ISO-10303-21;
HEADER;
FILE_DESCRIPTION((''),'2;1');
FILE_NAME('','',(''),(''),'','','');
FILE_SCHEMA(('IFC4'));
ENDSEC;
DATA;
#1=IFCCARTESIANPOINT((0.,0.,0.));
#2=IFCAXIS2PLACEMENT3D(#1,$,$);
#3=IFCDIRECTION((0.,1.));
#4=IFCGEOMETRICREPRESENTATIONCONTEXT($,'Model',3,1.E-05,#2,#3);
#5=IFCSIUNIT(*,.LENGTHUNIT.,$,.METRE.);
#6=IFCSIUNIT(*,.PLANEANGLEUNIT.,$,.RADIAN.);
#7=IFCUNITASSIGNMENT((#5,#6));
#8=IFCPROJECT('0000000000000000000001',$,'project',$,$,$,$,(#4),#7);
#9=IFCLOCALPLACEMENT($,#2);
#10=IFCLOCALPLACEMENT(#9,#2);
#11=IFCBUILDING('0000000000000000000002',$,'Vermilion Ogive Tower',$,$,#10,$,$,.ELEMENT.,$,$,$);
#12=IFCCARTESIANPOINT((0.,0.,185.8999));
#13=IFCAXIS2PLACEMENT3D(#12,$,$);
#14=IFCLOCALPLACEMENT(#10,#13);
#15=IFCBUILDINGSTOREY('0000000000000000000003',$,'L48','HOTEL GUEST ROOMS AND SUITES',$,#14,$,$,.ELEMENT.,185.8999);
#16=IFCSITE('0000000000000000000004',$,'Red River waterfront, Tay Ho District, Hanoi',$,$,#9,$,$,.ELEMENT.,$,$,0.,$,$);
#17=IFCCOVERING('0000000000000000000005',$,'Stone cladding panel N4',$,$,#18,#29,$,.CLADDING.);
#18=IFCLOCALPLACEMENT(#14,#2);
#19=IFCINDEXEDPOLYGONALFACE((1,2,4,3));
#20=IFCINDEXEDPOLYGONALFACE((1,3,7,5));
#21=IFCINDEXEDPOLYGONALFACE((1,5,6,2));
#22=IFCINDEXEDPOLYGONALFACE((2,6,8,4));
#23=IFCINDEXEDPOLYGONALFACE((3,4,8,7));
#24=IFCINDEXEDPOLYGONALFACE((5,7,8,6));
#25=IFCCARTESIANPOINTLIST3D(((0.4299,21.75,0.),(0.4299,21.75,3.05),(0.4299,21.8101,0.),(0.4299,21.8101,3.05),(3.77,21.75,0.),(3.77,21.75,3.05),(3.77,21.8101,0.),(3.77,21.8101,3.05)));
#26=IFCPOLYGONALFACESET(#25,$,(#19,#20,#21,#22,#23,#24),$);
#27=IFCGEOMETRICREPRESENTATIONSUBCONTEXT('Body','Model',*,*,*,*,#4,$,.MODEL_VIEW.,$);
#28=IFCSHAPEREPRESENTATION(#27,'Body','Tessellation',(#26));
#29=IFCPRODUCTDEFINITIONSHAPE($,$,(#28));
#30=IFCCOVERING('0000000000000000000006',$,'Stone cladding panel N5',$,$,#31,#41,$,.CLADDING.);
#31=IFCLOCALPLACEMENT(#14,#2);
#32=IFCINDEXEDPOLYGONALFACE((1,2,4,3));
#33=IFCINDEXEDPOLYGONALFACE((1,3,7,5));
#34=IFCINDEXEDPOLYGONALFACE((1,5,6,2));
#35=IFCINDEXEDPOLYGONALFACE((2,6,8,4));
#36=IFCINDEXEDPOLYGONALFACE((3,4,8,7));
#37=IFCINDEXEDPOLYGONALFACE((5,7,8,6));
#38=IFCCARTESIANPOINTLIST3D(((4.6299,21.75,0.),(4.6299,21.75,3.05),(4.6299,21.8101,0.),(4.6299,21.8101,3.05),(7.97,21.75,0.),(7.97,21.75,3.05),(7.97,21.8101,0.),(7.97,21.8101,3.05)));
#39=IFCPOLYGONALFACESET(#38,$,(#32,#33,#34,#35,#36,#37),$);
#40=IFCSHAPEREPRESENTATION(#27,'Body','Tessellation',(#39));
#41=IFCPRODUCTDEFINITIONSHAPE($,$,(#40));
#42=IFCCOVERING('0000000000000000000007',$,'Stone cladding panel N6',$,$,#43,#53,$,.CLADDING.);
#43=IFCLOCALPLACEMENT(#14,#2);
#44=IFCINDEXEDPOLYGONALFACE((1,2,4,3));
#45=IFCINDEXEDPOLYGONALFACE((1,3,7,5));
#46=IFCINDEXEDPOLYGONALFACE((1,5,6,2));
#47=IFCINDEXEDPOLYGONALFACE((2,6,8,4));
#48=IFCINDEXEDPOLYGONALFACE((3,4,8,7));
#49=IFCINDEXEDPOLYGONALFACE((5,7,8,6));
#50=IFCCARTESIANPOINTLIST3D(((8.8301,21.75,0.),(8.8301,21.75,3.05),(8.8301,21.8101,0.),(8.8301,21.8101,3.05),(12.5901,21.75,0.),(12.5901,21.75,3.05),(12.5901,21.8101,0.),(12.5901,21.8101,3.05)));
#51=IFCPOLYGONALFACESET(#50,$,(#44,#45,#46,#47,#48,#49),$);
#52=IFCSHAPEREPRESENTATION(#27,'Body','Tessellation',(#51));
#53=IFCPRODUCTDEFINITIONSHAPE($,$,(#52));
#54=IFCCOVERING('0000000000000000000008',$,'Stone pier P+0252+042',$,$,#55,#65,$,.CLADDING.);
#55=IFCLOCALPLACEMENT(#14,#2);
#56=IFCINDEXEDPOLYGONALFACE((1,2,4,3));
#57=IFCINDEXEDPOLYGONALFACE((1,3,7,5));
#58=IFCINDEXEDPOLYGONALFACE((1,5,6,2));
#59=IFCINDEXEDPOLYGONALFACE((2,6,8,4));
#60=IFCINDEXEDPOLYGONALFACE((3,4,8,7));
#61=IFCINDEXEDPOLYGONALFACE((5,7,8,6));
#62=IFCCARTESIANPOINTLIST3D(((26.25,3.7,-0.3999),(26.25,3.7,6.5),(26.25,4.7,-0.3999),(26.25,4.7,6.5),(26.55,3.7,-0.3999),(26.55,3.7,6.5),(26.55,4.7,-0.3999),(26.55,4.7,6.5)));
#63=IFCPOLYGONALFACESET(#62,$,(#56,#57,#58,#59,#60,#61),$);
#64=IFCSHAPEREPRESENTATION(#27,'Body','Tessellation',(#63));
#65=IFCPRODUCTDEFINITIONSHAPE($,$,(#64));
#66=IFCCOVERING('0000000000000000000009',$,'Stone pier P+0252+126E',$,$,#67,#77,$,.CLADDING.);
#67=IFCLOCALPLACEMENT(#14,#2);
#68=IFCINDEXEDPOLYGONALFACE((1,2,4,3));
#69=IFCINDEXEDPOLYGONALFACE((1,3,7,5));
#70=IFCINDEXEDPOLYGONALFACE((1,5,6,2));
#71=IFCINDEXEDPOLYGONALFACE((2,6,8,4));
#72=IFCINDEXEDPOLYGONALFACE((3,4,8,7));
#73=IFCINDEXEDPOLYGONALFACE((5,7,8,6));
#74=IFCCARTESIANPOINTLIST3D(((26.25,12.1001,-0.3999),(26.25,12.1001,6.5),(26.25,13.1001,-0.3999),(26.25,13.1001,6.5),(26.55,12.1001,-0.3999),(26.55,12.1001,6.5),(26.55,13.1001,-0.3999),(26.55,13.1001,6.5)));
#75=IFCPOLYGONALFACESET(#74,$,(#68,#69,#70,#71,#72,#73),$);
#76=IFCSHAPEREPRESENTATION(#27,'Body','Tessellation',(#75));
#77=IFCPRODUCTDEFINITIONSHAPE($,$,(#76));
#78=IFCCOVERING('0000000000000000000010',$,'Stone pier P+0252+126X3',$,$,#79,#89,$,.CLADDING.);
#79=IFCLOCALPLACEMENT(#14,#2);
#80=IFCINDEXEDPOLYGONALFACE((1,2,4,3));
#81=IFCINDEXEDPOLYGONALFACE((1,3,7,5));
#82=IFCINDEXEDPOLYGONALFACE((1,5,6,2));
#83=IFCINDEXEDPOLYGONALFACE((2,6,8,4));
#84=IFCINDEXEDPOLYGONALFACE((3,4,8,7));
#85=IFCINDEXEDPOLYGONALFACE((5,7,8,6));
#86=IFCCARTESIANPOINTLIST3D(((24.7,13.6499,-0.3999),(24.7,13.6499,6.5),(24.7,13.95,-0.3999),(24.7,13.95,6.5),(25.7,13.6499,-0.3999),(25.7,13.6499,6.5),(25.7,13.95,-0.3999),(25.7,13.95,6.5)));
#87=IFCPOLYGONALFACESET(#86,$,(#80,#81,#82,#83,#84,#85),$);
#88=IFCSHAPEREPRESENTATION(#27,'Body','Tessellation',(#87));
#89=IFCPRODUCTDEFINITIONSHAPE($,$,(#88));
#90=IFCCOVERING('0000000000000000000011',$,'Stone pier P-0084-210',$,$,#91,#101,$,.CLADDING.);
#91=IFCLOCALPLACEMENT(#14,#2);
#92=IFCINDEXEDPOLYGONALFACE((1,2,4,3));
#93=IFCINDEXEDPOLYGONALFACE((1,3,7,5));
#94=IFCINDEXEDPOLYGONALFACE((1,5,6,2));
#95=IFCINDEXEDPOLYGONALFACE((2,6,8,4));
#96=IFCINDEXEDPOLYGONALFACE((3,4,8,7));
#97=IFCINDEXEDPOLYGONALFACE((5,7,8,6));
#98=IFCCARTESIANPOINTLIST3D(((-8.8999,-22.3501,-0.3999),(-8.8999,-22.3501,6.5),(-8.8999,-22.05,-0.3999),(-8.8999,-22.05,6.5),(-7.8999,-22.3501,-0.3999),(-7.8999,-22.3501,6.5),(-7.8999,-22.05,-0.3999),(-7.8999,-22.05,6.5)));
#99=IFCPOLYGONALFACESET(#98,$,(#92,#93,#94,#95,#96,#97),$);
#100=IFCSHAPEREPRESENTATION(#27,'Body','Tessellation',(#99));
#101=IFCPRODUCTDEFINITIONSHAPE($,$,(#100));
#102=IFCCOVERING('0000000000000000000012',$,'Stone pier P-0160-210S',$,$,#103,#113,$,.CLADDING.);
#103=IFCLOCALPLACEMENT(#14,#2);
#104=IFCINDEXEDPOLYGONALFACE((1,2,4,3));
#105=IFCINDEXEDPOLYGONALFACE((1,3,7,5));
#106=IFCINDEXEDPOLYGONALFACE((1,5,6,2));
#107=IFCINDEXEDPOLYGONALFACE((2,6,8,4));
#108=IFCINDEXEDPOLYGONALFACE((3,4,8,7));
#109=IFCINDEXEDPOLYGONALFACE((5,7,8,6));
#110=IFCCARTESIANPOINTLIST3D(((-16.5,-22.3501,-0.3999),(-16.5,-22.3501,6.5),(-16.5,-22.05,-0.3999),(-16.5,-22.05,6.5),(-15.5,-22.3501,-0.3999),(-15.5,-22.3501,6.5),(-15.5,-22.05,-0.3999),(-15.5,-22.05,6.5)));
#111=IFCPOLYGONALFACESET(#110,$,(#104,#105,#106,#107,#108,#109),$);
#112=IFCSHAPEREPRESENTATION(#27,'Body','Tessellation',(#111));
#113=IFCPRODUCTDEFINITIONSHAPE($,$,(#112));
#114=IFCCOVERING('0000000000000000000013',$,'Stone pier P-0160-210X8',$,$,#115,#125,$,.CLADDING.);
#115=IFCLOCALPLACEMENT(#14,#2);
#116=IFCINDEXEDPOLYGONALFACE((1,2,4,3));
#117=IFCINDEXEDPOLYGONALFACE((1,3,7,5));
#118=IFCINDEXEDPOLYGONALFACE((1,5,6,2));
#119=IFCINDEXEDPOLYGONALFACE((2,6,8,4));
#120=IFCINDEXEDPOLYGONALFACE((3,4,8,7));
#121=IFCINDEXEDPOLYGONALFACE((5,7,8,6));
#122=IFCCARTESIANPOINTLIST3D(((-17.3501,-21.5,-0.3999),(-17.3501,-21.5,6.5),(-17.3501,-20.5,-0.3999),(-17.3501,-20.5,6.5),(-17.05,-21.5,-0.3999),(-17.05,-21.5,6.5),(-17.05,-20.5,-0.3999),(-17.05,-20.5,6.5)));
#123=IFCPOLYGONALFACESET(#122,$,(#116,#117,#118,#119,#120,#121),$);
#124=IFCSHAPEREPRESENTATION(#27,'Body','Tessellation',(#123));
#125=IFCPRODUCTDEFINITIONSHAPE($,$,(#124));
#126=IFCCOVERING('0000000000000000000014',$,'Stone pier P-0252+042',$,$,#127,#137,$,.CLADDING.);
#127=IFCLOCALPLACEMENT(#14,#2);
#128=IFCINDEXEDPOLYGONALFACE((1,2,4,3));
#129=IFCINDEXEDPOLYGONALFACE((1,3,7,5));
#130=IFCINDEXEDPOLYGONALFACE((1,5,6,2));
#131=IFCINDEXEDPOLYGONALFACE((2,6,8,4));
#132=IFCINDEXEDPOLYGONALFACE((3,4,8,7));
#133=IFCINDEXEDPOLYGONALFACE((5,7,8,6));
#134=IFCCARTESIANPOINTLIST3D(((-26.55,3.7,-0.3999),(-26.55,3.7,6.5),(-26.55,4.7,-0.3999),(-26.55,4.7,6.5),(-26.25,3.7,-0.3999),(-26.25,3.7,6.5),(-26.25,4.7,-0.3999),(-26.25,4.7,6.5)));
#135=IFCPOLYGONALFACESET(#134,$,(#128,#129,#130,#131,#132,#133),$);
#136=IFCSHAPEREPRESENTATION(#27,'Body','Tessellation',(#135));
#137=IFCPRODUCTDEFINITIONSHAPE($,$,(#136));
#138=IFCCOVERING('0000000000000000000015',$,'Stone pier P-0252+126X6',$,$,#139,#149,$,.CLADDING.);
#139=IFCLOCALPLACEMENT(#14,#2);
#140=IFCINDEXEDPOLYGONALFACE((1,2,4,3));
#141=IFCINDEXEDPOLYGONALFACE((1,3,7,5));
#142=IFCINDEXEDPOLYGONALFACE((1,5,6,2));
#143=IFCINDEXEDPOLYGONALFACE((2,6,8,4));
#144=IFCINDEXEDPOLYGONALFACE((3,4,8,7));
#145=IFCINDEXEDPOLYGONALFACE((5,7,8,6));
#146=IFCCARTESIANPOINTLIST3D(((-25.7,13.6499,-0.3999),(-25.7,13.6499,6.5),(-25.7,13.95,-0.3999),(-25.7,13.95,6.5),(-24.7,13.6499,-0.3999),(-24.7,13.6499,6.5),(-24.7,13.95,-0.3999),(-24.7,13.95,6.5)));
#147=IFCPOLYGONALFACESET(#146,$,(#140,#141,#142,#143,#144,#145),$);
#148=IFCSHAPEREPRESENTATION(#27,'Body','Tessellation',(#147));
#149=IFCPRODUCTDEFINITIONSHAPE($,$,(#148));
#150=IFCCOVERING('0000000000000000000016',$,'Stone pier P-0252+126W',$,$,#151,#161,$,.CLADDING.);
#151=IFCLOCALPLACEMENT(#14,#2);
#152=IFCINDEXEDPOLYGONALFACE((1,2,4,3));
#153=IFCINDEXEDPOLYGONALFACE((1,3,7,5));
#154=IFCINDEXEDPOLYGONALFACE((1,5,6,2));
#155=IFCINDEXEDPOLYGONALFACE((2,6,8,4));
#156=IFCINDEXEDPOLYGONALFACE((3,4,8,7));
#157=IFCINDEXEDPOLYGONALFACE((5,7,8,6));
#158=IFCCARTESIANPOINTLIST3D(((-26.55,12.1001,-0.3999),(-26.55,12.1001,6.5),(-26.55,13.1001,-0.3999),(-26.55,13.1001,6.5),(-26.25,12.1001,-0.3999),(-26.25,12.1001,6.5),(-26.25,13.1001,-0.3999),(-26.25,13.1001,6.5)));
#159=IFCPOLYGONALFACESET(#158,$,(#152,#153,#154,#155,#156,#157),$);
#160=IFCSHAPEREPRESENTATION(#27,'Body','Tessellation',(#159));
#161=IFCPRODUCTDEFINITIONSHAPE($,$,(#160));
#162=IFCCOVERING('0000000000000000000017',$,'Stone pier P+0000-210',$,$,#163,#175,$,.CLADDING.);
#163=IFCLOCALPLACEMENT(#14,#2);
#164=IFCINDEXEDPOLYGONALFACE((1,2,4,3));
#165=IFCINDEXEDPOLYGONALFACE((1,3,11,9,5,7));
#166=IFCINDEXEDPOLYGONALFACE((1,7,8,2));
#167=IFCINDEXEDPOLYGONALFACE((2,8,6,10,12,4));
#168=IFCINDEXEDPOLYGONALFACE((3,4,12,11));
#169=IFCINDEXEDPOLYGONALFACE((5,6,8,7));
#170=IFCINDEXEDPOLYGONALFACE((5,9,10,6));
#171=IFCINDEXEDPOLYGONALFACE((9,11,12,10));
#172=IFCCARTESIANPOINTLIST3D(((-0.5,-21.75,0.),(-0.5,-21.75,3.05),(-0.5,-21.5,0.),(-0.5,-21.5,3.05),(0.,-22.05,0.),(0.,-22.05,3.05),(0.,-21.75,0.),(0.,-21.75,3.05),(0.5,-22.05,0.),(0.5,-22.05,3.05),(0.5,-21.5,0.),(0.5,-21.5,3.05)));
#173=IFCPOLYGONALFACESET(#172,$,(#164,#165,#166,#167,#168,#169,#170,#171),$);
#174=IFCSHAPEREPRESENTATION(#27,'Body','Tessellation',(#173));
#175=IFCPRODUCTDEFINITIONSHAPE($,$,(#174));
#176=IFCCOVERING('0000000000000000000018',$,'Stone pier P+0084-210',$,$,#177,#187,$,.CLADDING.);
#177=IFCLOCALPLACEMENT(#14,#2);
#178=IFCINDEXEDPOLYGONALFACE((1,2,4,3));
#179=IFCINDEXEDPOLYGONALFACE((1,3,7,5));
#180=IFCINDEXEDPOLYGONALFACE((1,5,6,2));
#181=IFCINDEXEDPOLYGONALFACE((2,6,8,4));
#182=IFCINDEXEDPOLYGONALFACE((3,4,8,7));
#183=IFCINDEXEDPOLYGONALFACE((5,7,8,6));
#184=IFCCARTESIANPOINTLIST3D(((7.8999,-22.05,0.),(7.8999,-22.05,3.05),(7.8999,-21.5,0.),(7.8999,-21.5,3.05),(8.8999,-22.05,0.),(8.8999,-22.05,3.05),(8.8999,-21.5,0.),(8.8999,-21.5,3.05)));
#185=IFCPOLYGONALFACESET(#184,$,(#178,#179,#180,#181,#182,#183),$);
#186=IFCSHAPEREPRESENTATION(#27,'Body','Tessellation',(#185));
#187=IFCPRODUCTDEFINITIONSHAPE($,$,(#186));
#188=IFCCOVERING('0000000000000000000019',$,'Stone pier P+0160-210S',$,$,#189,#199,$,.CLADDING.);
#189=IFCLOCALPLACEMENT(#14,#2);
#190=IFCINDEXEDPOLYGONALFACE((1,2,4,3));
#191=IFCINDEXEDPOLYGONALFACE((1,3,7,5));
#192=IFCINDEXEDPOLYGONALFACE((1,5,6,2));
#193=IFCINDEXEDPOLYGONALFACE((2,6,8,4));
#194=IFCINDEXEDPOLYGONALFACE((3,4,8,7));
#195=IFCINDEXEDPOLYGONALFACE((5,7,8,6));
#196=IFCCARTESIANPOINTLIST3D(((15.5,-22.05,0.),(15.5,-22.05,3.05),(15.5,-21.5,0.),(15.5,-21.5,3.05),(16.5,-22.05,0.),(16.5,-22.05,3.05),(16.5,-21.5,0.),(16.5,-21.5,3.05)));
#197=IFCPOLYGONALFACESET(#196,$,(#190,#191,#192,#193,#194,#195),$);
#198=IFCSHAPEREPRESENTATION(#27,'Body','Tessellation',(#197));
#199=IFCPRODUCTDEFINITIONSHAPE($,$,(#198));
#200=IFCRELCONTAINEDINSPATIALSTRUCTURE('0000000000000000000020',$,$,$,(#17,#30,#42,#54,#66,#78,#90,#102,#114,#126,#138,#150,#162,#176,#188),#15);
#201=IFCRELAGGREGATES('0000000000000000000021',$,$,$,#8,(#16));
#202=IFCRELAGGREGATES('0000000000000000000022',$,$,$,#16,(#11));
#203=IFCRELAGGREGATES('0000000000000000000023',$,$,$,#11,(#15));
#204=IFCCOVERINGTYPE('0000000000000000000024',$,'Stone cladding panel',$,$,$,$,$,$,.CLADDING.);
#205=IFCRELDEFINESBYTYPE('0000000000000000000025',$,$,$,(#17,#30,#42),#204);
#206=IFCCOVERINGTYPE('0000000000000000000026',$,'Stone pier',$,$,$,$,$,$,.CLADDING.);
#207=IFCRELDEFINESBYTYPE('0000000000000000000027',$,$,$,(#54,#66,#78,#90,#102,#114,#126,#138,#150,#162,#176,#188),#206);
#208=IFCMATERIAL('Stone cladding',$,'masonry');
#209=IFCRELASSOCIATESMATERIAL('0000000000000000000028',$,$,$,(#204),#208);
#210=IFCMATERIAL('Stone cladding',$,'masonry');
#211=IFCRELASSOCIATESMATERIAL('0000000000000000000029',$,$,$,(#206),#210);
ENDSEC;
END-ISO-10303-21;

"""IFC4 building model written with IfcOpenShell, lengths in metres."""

from ifc_helpers import new_model, si_unit, direction, frame, origin, place, context, subcontext, project, spatial, polyline, outline, extrude, material, type_object, element, save


model = new_model("IFC4")

# Units and contexts
model_context = context("Model", 3, precision=1e-05, world=origin(), true_north=direction((0.0, 1.0)))
body_context = subcontext(model_context, "Body", "Model", "MODEL_VIEW")
ifc_project = project(units=[si_unit("LENGTHUNIT", "METRE"), si_unit("PLANEANGLEUNIT", "RADIAN")], contexts=[model_context])

# Site, building, storey
site_placement = place(None, origin())
site = spatial("IfcSite", under=ifc_project, at=site_placement, Name="Red River waterfront, Tay Ho District, Hanoi", CompositionType="ELEMENT", RefElevation=0.0)
building_placement = place(site_placement, origin())
building = spatial("IfcBuilding", under=site, at=building_placement, Name="Vermilion Ogive Tower", CompositionType="ELEMENT")
storey_placement = place(building_placement, frame((0.0, 0.0, 185.8999)))
storey = spatial("IfcBuildingStorey", under=building, at=storey_placement, Name="L48", Description="HOTEL GUEST ROOMS AND SUITES", CompositionType="ELEMENT", Elevation=185.8999)

# Coverings
ifc_material_1 = material(Name="Stone cladding", Category="masonry")
covering_type_1 = type_object("IfcCoveringType", Name="Stone cladding panel", PredefinedType="CLADDING", material=ifc_material_1)
covering_1_placement = place(storey_placement, origin())
element("IfcCovering", 1, at=covering_1_placement, inside=storey, type_object=covering_type_1, Name="Stone cladding panel N4", PredefinedType="CLADDING", context=body_context, shape_type="SweptSolid", body=[
    extrude(outline(polyline([(0.4299, 21.75), (3.77, 21.75), (3.77, 21.8101), (0.4299, 21.8101), (0.4299, 21.75)])), origin(), (0.0, 0.0, 1.0), 3.05),
])
covering_2_placement = place(storey_placement, origin())
element("IfcCovering", 2, at=covering_2_placement, inside=storey, type_object=covering_type_1, Name="Stone cladding panel N5", PredefinedType="CLADDING", context=body_context, shape_type="SweptSolid", body=[
    extrude(outline(polyline([(4.6299, 21.75), (7.97, 21.75), (7.97, 21.8101), (4.6299, 21.8101), (4.6299, 21.75)])), origin(), (0.0, 0.0, 1.0), 3.05),
])
covering_3_placement = place(storey_placement, origin())
element("IfcCovering", 3, at=covering_3_placement, inside=storey, type_object=covering_type_1, Name="Stone cladding panel N6", PredefinedType="CLADDING", context=body_context, shape_type="SweptSolid", body=[
    extrude(outline(polyline([(8.8301, 21.75), (12.5901, 21.75), (12.5901, 21.8101), (8.8301, 21.8101), (8.8301, 21.75)])), origin(), (0.0, 0.0, 1.0), 3.05),
])
ifc_material_2 = material(Name="Stone cladding", Category="masonry")
covering_type_2 = type_object("IfcCoveringType", Name="Stone pier", PredefinedType="CLADDING", material=ifc_material_2)
covering_4_placement = place(storey_placement, frame((0.0, 0.0, -0.3999)))
element("IfcCovering", 4, at=covering_4_placement, inside=storey, type_object=covering_type_2, Name="Stone pier P+0252+042", PredefinedType="CLADDING", context=body_context, shape_type="SweptSolid", body=[
    extrude(outline(polyline([(26.55, 4.7), (26.55, 3.7), (26.25, 3.7), (26.25, 4.7), (26.55, 4.7)])), origin(), (0.0, 0.0, 1.0), 6.8999),
])
covering_5_placement = place(storey_placement, frame((0.0, 0.0, -0.3999)))
element("IfcCovering", 5, at=covering_5_placement, inside=storey, type_object=covering_type_2, Name="Stone pier P+0252+126E", PredefinedType="CLADDING", context=body_context, shape_type="SweptSolid", body=[
    extrude(outline(polyline([(26.55, 13.1001), (26.55, 12.1001), (26.25, 12.1001), (26.25, 13.1001), (26.55, 13.1001)])), origin(), (0.0, 0.0, 1.0), 6.8999),
])
covering_6_placement = place(storey_placement, frame((0.0, 0.0, -0.3999)))
element("IfcCovering", 6, at=covering_6_placement, inside=storey, type_object=covering_type_2, Name="Stone pier P+0252+126X3", PredefinedType="CLADDING", context=body_context, shape_type="SweptSolid", body=[
    extrude(outline(polyline([(25.7, 13.95), (25.7, 13.6499), (24.7, 13.6499), (24.7, 13.95), (25.7, 13.95)])), origin(), (0.0, 0.0, 1.0), 6.8999),
])
covering_7_placement = place(storey_placement, frame((0.0, 0.0, -0.3999)))
element("IfcCovering", 7, at=covering_7_placement, inside=storey, type_object=covering_type_2, Name="Stone pier P-0084-210", PredefinedType="CLADDING", context=body_context, shape_type="SweptSolid", body=[
    extrude(outline(polyline([(-7.8999, -22.3501), (-8.8999, -22.3501), (-8.8999, -22.05), (-7.8999, -22.05), (-7.8999, -22.3501)])), origin(), (0.0, 0.0, 1.0), 6.8999),
])
covering_8_placement = place(storey_placement, frame((0.0, 0.0, -0.3999)))
element("IfcCovering", 8, at=covering_8_placement, inside=storey, type_object=covering_type_2, Name="Stone pier P-0160-210S", PredefinedType="CLADDING", context=body_context, shape_type="SweptSolid", body=[
    extrude(outline(polyline([(-15.5, -22.3501), (-16.5, -22.3501), (-16.5, -22.05), (-15.5, -22.05), (-15.5, -22.3501)])), origin(), (0.0, 0.0, 1.0), 6.8999),
])
covering_9_placement = place(storey_placement, frame((0.0, 0.0, -0.3999)))
element("IfcCovering", 9, at=covering_9_placement, inside=storey, type_object=covering_type_2, Name="Stone pier P-0160-210X8", PredefinedType="CLADDING", context=body_context, shape_type="SweptSolid", body=[
    extrude(outline(polyline([(-17.3501, -20.5), (-17.05, -20.5), (-17.05, -21.5), (-17.3501, -21.5), (-17.3501, -20.5)])), origin(), (0.0, 0.0, 1.0), 6.8999),
])
covering_10_placement = place(storey_placement, frame((0.0, 0.0, -0.3999)))
element("IfcCovering", 10, at=covering_10_placement, inside=storey, type_object=covering_type_2, Name="Stone pier P-0252+042", PredefinedType="CLADDING", context=body_context, shape_type="SweptSolid", body=[
    extrude(outline(polyline([(-26.55, 3.7), (-26.55, 4.7), (-26.25, 4.7), (-26.25, 3.7), (-26.55, 3.7)])), origin(), (0.0, 0.0, 1.0), 6.8999),
])
covering_11_placement = place(storey_placement, frame((0.0, 0.0, -0.3999)))
element("IfcCovering", 11, at=covering_11_placement, inside=storey, type_object=covering_type_2, Name="Stone pier P-0252+126X6", PredefinedType="CLADDING", context=body_context, shape_type="SweptSolid", body=[
    extrude(outline(polyline([(-25.7, 13.95), (-24.7, 13.95), (-24.7, 13.6499), (-25.7, 13.6499), (-25.7, 13.95)])), origin(), (0.0, 0.0, 1.0), 6.8999),
])
covering_12_placement = place(storey_placement, frame((0.0, 0.0, -0.3999)))
element("IfcCovering", 12, at=covering_12_placement, inside=storey, type_object=covering_type_2, Name="Stone pier P-0252+126W", PredefinedType="CLADDING", context=body_context, shape_type="SweptSolid", body=[
    extrude(outline(polyline([(-26.55, 13.1001), (-26.25, 13.1001), (-26.25, 12.1001), (-26.55, 12.1001), (-26.55, 13.1001)])), origin(), (0.0, 0.0, 1.0), 6.8999),
])
covering_13_placement = place(storey_placement, origin())
element("IfcCovering", 13, at=covering_13_placement, inside=storey, type_object=covering_type_2, Name="Stone pier P+0000-210", PredefinedType="CLADDING", context=body_context, shape_type="SweptSolid", body=[
    extrude(outline(polyline([(0.5, -22.05), (0.0, -22.05), (0.0, -21.75), (-0.5, -21.75), (-0.5, -21.5), (0.5, -21.5), (0.5, -22.05)])), origin(), (0.0, 0.0, 1.0), 3.05),
])
covering_14_placement = place(storey_placement, origin())
element("IfcCovering", 14, at=covering_14_placement, inside=storey, type_object=covering_type_2, Name="Stone pier P+0084-210", PredefinedType="CLADDING", context=body_context, shape_type="SweptSolid", body=[
    extrude(outline(polyline([(8.8999, -21.5), (8.8999, -22.05), (7.8999, -22.05), (7.8999, -21.5), (7.8999, -21.5), (8.8999, -21.5)])), origin(), (0.0, 0.0, 1.0), 3.05),
])
covering_15_placement = place(storey_placement, origin())
element("IfcCovering", 15, at=covering_15_placement, inside=storey, type_object=covering_type_2, Name="Stone pier P+0160-210S", PredefinedType="CLADDING", context=body_context, shape_type="SweptSolid", body=[
    extrude(outline(polyline([(16.5, -22.05), (15.5, -22.05), (15.5, -21.5), (16.5, -21.5), (16.5, -22.05)])), origin(), (0.0, 0.0, 1.0), 3.05),
])

save(model, "model.ifc")
